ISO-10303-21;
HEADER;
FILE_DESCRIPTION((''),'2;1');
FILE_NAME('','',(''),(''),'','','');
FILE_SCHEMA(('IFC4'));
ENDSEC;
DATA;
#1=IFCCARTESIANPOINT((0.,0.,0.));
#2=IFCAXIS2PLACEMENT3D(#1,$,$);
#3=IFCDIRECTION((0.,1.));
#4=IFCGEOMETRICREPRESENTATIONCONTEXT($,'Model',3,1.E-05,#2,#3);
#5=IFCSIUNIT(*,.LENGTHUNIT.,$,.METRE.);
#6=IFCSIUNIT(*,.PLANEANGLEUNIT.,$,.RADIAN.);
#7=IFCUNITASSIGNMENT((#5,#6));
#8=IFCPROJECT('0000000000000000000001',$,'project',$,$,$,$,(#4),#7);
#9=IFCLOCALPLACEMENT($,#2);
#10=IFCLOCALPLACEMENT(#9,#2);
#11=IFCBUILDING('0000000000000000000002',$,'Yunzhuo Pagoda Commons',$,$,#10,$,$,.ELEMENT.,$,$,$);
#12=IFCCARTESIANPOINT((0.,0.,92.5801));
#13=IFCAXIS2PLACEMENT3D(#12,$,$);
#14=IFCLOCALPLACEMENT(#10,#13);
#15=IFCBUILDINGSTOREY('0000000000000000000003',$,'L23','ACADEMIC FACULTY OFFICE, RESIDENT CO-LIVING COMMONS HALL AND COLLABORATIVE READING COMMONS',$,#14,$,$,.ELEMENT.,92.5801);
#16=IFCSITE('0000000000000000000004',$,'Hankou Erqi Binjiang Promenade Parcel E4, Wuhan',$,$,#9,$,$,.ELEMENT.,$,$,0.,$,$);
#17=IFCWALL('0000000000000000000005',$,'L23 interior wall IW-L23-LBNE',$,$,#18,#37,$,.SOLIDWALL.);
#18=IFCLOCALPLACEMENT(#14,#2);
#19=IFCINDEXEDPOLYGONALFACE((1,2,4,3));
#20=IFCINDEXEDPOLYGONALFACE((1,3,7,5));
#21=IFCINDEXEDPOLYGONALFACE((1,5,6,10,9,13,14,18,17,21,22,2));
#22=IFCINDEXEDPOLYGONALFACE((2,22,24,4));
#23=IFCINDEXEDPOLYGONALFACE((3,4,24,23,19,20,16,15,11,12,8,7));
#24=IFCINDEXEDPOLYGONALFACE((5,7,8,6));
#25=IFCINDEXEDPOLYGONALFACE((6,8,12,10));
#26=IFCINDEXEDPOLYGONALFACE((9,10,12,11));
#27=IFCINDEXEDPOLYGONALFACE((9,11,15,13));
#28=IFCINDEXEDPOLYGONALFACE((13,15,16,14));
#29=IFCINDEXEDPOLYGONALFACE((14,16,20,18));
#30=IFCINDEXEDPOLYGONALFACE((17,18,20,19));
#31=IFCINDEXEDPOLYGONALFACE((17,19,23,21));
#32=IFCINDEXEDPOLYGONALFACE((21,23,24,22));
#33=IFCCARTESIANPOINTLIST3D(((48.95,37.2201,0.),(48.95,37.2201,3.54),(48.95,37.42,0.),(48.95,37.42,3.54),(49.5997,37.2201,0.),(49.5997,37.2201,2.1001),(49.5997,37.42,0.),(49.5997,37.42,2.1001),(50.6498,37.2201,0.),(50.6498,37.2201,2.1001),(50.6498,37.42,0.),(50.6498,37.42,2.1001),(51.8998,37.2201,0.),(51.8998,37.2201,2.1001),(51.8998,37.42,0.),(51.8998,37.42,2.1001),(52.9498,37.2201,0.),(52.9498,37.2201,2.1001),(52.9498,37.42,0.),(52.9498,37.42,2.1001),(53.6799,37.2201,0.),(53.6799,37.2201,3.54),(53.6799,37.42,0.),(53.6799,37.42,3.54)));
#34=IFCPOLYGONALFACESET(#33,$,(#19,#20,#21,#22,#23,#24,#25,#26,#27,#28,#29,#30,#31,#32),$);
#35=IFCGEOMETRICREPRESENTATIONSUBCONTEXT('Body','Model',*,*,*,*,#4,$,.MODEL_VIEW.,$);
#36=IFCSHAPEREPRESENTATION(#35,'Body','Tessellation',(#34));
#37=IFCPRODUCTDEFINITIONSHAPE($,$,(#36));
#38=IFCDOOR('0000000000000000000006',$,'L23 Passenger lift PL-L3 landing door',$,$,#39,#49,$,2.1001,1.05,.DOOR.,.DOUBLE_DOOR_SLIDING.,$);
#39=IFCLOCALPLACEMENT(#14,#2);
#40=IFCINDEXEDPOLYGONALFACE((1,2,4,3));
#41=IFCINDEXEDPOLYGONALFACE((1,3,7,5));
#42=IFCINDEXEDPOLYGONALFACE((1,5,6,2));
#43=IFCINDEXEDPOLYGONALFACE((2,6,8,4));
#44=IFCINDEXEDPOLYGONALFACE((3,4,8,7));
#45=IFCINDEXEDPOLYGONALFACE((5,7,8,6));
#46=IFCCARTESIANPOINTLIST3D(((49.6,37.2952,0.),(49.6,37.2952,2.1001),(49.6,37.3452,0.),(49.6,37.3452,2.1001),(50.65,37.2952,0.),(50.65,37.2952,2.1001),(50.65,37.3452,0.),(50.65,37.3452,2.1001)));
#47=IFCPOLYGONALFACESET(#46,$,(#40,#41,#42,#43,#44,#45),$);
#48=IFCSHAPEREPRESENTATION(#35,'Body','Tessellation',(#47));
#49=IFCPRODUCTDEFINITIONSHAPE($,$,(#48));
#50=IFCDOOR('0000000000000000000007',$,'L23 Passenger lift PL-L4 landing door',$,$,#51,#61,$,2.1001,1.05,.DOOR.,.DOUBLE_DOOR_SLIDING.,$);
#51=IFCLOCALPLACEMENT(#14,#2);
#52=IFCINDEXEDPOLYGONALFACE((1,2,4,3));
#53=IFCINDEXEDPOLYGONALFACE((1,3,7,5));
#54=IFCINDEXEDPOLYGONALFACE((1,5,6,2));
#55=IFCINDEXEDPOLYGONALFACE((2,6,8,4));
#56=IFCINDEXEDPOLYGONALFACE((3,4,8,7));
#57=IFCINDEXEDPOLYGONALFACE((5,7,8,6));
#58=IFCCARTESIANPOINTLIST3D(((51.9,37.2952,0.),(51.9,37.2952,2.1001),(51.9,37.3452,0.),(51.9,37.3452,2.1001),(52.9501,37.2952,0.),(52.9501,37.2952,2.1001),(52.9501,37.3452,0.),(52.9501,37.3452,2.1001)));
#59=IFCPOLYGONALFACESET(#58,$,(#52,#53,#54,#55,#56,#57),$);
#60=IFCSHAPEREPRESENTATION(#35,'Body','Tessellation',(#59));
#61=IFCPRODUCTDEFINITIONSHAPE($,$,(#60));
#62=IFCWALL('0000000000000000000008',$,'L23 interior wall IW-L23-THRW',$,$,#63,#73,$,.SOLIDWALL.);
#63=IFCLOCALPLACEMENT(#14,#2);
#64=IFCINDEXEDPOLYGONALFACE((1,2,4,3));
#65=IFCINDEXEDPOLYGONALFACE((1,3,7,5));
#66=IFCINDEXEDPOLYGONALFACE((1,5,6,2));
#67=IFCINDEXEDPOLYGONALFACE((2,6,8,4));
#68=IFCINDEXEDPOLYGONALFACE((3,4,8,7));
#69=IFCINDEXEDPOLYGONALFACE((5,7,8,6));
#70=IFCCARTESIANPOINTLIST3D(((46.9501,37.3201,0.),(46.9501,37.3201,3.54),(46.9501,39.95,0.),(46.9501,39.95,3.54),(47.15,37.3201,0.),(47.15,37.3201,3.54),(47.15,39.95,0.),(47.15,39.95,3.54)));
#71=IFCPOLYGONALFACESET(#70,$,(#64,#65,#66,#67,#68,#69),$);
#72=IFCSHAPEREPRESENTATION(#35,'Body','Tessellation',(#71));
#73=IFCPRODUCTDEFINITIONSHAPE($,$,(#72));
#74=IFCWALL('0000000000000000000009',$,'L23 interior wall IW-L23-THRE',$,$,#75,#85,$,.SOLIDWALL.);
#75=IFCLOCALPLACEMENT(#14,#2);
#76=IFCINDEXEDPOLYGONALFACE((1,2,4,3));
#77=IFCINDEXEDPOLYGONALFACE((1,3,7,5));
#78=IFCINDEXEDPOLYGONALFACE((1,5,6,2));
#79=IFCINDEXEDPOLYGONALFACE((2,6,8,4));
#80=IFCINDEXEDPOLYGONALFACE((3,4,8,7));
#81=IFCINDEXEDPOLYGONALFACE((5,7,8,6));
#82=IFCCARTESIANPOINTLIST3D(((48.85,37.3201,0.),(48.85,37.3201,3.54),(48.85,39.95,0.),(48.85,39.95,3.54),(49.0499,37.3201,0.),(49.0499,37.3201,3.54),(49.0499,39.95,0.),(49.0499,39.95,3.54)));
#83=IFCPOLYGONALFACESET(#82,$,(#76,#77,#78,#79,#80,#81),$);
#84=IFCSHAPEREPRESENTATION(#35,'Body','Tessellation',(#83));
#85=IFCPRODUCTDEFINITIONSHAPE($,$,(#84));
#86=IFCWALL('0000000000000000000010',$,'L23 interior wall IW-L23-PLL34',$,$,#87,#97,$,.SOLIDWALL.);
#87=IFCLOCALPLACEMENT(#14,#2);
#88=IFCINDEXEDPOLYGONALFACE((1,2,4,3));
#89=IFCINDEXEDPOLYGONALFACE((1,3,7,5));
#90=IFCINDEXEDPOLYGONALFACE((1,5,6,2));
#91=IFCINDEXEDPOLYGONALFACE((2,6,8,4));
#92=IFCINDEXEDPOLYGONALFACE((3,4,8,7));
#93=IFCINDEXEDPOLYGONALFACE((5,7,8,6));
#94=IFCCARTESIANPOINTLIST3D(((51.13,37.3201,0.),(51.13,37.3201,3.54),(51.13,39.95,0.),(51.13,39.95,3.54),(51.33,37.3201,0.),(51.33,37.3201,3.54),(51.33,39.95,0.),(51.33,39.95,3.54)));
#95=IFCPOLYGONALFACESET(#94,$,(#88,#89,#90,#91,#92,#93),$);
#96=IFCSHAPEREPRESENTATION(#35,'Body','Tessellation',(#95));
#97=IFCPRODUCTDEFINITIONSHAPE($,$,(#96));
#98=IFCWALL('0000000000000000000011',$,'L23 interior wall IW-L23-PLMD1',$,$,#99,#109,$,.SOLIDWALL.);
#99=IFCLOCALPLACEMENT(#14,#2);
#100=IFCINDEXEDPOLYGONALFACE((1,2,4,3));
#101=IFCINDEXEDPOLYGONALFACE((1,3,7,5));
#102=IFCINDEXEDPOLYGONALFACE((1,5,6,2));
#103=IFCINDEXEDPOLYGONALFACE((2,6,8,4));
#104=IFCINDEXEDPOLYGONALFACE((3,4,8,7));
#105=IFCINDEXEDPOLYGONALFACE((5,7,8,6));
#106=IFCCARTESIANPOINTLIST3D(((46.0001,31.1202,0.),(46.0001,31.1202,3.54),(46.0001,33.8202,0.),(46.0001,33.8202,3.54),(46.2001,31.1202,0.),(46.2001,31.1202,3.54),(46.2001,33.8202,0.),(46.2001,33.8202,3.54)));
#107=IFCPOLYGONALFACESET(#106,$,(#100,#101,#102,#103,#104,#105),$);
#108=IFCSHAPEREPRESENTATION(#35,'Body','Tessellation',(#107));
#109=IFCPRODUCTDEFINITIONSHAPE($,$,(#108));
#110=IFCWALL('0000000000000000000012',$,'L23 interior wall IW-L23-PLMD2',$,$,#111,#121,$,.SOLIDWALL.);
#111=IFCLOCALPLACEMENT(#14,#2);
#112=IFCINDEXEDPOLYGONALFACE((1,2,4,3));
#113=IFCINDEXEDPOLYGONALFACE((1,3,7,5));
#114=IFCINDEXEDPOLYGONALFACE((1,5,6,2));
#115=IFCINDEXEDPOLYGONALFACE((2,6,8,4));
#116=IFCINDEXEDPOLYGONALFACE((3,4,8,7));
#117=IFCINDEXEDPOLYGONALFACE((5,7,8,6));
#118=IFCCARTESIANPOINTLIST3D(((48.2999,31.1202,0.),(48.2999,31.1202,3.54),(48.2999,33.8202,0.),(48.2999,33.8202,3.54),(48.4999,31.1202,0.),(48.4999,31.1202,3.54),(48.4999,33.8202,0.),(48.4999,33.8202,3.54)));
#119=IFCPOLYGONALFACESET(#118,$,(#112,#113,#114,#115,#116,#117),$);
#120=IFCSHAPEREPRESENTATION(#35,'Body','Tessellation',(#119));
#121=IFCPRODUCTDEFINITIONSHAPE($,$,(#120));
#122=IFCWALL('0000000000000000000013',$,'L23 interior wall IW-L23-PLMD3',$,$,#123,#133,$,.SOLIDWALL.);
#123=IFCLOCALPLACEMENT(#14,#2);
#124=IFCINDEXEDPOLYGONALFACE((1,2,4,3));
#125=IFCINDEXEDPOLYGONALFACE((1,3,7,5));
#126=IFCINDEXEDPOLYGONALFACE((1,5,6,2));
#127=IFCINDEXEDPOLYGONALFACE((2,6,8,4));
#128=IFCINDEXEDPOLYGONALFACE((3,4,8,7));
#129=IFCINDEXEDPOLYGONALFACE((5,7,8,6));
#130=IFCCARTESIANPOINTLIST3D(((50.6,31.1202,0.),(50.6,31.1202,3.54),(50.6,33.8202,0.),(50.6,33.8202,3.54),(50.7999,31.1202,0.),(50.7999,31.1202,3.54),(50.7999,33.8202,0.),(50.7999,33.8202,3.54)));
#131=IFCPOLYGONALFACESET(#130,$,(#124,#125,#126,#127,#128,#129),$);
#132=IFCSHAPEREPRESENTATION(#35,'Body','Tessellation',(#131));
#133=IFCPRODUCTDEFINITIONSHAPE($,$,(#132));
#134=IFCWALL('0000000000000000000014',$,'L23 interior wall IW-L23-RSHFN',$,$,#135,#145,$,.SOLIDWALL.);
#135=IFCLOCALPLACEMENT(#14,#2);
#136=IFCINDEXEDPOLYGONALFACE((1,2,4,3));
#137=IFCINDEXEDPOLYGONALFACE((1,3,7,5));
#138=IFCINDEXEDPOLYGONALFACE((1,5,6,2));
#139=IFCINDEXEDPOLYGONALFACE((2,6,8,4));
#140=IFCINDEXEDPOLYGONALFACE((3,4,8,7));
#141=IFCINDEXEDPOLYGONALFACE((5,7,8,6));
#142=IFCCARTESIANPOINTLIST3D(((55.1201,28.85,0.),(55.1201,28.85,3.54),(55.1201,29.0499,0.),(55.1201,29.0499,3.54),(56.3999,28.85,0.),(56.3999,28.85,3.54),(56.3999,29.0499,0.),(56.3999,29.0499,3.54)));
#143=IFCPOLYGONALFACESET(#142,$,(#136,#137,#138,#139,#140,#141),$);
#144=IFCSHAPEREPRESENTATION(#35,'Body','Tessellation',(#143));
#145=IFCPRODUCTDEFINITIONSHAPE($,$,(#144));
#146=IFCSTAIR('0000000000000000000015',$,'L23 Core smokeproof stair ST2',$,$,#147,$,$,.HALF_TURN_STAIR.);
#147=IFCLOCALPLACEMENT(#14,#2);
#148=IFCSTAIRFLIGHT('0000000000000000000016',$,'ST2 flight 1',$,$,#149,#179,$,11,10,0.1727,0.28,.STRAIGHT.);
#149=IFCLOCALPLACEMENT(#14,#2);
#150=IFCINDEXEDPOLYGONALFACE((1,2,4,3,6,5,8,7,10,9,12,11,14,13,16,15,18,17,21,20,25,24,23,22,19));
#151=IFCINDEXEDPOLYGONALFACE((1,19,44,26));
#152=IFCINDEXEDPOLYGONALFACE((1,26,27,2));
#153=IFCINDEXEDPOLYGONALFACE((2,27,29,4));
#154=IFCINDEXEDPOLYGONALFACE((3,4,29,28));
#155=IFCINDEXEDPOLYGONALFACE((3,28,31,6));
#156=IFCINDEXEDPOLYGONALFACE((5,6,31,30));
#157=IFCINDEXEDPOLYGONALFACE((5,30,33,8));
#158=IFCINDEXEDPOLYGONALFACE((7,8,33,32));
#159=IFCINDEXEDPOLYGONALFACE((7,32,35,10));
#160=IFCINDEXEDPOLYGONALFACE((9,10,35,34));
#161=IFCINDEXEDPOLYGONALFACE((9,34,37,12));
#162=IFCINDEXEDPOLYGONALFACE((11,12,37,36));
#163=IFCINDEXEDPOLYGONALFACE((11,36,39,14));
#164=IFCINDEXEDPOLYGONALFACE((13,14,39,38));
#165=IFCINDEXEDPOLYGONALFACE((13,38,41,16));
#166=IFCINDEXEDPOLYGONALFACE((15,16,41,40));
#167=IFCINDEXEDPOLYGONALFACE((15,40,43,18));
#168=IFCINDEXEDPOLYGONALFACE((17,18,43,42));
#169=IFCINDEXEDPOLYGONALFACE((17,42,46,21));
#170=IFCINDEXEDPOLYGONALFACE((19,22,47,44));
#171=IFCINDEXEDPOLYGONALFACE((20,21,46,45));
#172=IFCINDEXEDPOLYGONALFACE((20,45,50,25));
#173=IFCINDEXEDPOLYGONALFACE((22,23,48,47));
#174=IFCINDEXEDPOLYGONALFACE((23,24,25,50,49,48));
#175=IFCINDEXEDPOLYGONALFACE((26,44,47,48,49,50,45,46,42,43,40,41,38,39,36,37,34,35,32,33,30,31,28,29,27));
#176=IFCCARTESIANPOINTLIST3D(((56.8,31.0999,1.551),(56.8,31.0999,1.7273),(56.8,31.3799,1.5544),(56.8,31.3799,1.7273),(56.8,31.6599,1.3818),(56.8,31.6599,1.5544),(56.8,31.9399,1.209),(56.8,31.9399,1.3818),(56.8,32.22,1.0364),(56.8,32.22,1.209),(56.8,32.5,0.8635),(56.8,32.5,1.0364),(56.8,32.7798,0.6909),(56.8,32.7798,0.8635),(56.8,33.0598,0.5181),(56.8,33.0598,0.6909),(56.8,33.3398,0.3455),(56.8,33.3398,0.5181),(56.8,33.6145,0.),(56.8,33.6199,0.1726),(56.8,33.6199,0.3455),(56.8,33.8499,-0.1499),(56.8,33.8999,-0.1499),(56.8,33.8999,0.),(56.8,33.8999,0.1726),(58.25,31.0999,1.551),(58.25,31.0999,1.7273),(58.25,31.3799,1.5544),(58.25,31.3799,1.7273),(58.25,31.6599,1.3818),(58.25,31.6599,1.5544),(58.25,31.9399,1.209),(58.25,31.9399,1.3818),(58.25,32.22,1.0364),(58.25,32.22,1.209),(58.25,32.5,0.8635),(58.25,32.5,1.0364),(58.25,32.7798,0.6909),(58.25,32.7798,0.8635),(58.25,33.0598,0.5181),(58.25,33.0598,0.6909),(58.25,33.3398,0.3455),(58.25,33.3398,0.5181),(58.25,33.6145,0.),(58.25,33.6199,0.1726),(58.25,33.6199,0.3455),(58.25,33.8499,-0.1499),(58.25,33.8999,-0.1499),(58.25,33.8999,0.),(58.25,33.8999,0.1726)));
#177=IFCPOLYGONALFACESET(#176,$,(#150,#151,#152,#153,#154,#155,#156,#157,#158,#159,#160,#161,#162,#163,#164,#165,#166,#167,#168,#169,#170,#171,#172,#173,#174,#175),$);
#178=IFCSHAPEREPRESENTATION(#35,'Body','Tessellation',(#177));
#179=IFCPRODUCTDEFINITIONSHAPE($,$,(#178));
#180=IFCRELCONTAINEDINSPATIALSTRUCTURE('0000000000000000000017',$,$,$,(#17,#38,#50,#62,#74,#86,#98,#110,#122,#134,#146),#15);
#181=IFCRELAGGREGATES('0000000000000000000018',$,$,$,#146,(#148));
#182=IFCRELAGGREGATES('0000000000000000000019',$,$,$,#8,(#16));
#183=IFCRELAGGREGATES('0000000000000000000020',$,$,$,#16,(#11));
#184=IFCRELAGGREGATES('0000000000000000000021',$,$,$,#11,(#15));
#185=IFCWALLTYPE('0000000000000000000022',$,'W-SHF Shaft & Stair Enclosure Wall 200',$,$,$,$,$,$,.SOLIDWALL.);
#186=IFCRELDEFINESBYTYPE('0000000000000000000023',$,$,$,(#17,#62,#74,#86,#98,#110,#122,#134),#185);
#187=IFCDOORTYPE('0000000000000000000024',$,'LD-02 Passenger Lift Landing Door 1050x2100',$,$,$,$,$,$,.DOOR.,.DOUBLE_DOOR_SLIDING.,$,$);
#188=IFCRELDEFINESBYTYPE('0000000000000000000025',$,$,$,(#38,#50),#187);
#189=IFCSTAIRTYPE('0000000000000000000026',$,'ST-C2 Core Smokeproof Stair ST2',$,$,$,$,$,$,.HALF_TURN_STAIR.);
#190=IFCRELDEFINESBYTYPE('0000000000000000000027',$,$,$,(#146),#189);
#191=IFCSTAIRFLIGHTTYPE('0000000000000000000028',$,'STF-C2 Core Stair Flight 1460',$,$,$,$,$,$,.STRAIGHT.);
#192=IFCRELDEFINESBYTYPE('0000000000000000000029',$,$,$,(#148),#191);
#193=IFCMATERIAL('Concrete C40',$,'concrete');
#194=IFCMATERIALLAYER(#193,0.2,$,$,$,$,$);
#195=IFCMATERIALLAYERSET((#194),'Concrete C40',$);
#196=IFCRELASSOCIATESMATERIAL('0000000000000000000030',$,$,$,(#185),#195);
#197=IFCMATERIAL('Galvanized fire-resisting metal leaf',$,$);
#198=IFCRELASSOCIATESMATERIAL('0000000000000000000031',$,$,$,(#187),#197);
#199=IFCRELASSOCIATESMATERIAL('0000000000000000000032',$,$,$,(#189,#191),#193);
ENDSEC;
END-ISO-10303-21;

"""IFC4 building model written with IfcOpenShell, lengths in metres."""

from ifc_helpers import new_model, si_unit, direction, frame, frame_2d, origin, place, context, subcontext, project, spatial, polyline, rectangle, outline, extrude, source, transform, mapped, material, layer, layer_set, type_object, element, fill, aggregate, save


model = new_model("IFC4")

# Units and contexts
model_context = context("Model", 3, precision=1e-05, world=origin(), true_north=direction((0.0, 1.0)))
body_context = subcontext(model_context, "Body", "Model", "MODEL_VIEW")
ifc_project = project(units=[si_unit("LENGTHUNIT", "METRE"), si_unit("PLANEANGLEUNIT", "RADIAN")], contexts=[model_context])

# Site, building, storey
site_placement = place(None, origin())
site = spatial("IfcSite", under=ifc_project, at=site_placement, Name="Hankou Erqi Binjiang Promenade Parcel E4, Wuhan", CompositionType="ELEMENT", RefElevation=0.0)
building_placement = place(site_placement, origin())
building = spatial("IfcBuilding", under=site, at=building_placement, Name="Yunzhuo Pagoda Commons", CompositionType="ELEMENT")
storey_placement = place(building_placement, frame((0.0, 0.0, 92.5801)))
storey = spatial("IfcBuildingStorey", under=building, at=storey_placement, Name="L23", Description="ACADEMIC FACULTY OFFICE, RESIDENT CO-LIVING COMMONS HALL AND COLLABORATIVE READING COMMONS", CompositionType="ELEMENT", Elevation=92.5801)

# Shared definitions
ifc_material_1 = material(Name="Galvanized fire-resisting metal leaf")
shared_shape_1 = source(origin(), body_context, "Body", "SweptSolid", [
    extrude(rectangle(XDim=1.05, YDim=2.1001, at=frame_2d((0.5249, 1.05))), frame((0.0, 0.0249, 0.0), z_axis=(0.0, -1.0, 0.0), x_axis=(1.0, 0.0, 0.0)), (0.0, 0.0, 1.0), 0.05),
])

# Shared definitions
ifc_material_2 = material(Name="Concrete C40", Category="concrete")
ifc_layer_1 = layer(ifc_material_2, 0.2)
ifc_layer_set_1 = layer_set([ifc_layer_1], Name="Concrete C40")
wall_type_1 = type_object("IfcWallType", Name="W-SHF Shaft & Stair Enclosure Wall 200", PredefinedType="SOLIDWALL", material=ifc_layer_set_1)

# Wall, openings, doors
wall_1_placement = place(storey_placement, frame((48.95, 37.3201, 0.0), z_axis=(0.0, 0.0, 1.0), x_axis=(1.0, 0.0, 0.0)))
wall_1 = element("IfcWall", 1, at=wall_1_placement, inside=storey, type_object=wall_type_1, Name="L23 interior wall IW-L23-LBNE", PredefinedType="SOLIDWALL", context=body_context, shape_type="SweptSolid", body=[
    extrude(rectangle(XDim=4.73, YDim=0.2, at=frame_2d((2.365, 0.0))), origin(), (0.0, 0.0, 1.0), 3.54),
])
opening_1_placement = place(wall_1_placement, frame((0.6499, 0.0, 0.0)))
opening_1 = element("IfcOpeningElement", 2, at=opening_1_placement, cuts=wall_1, PredefinedType="OPENING", context=body_context, shape_type="SweptSolid", body=[
    extrude(rectangle(XDim=1.05, YDim=2.1001, at=frame_2d((0.5249, 1.05))), frame((0.0, 0.1099, 0.0), z_axis=(0.0, -1.0, 0.0), x_axis=(1.0, 0.0, 0.0)), (0.0, 0.0, 1.0), 0.22),
])
opening_2_placement = place(wall_1_placement, frame((2.95, 0.0, 0.0)))
opening_2 = element("IfcOpeningElement", 3, at=opening_2_placement, cuts=wall_1, PredefinedType="OPENING", context=body_context, shape_type="SweptSolid", body=[
    extrude(rectangle(XDim=1.05, YDim=2.1001, at=frame_2d((0.5249, 1.05))), frame((0.0, 0.1099, 0.0), z_axis=(0.0, -1.0, 0.0), x_axis=(1.0, 0.0, 0.0)), (0.0, 0.0, 1.0), 0.22),
])
door_type_1 = type_object("IfcDoorType", Name="LD-02 Passenger Lift Landing Door 1050x2100", OperationType="DOUBLE_DOOR_SLIDING", PredefinedType="DOOR", material=ifc_material_1)
door_1_placement = place(opening_1_placement, frame((1.05, 0.0, 0.0), z_axis=(0.0, 0.0, 1.0), x_axis=(-1.0, 0.0, 0.0)))
door_1 = element("IfcDoor", 4, at=door_1_placement, inside=storey, type_object=door_type_1, Name="L23 Passenger lift PL-L3 landing door", OperationType="DOUBLE_DOOR_SLIDING", OverallHeight=2.1001, OverallWidth=1.05, PredefinedType="DOOR", context=body_context, shape_type="MappedRepresentation", body=[
    mapped(shared_shape_1, transform((0.0, 0.0, 0.0), scale=1.0)),
])
fill(opening_1, door_1)
door_2_placement = place(opening_2_placement, frame((1.05, 0.0, 0.0), z_axis=(0.0, 0.0, 1.0), x_axis=(-1.0, 0.0, 0.0)))
door_2 = element("IfcDoor", 5, at=door_2_placement, inside=storey, type_object=door_type_1, Name="L23 Passenger lift PL-L4 landing door", OperationType="DOUBLE_DOOR_SLIDING", OverallHeight=2.1001, OverallWidth=1.05, PredefinedType="DOOR", context=body_context, shape_type="MappedRepresentation", body=[
    mapped(shared_shape_1, transform((0.0, 0.0, 0.0), scale=1.0)),
])
fill(opening_2, door_2)

# Walls
for number, where, z_axis, x_axis, name in (
    (6, (47.05, 37.3201, 0.0), (0.0, 0.0, 1.0), (0.0, 1.0, 0.0), "L23 interior wall IW-L23-THRW"),
    (7, (48.95, 37.3201, 0.0), (0.0, 0.0, 1.0), (0.0, 1.0, 0.0), "L23 interior wall IW-L23-THRE"),
    (8, (51.23, 37.3201, 0.0), (0.0, 0.0, 1.0), (0.0, 1.0, 0.0), "L23 interior wall IW-L23-PLL34"),
):
    element("IfcWall", number, at=place(storey_placement, frame(where, z_axis=z_axis, x_axis=x_axis)), inside=storey, type_object=wall_type_1, Name=name, PredefinedType="SOLIDWALL", context=body_context, shape_type="SweptSolid", body=[
        extrude(rectangle(XDim=2.6299, YDim=0.2, at=frame_2d((1.3149, 0.0))), origin(), (0.0, 0.0, 1.0), 3.54),
    ])
for number, where, z_axis, x_axis, name in (
    (9, (46.1001, 31.1201, 0.0), (0.0, 0.0, 1.0), (0.0, 1.0, 0.0), "L23 interior wall IW-L23-PLMD1"),
    (10, (48.3999, 31.1201, 0.0), (0.0, 0.0, 1.0), (0.0, 1.0, 0.0), "L23 interior wall IW-L23-PLMD2"),
    (11, (50.7, 31.1201, 0.0), (0.0, 0.0, 1.0), (0.0, 1.0, 0.0), "L23 interior wall IW-L23-PLMD3"),
):
    element("IfcWall", number, at=place(storey_placement, frame(where, z_axis=z_axis, x_axis=x_axis)), inside=storey, type_object=wall_type_1, Name=name, PredefinedType="SOLIDWALL", context=body_context, shape_type="SweptSolid", body=[
        extrude(rectangle(XDim=2.7, YDim=0.2, at=frame_2d((1.3501, 0.0))), origin(), (0.0, 0.0, 1.0), 3.54),
    ])
wall_2_placement = place(storey_placement, frame((55.1201, 28.95, 0.0), z_axis=(0.0, 0.0, 1.0), x_axis=(1.0, 0.0, 0.0)))
element("IfcWall", 12, at=wall_2_placement, inside=storey, type_object=wall_type_1, Name="L23 interior wall IW-L23-RSHFN", PredefinedType="SOLIDWALL", context=body_context, shape_type="SweptSolid", body=[
    extrude(rectangle(XDim=1.2798, YDim=0.2, at=frame_2d((0.6399, 0.0))), origin(), (0.0, 0.0, 1.0), 3.54),
])

# Stair, stair flight
stair_type = type_object("IfcStairType", Name="ST-C2 Core Smokeproof Stair ST2", PredefinedType="HALF_TURN_STAIR", material=ifc_material_2)
stair_placement = place(storey_placement, origin())
stair = element("IfcStair", 13, at=stair_placement, inside=storey, type_object=stair_type, Name="L23 Core smokeproof stair ST2", PredefinedType="HALF_TURN_STAIR")
stair_flight_type = type_object("IfcStairFlightType", Name="STF-C2 Core Stair Flight 1460", PredefinedType="STRAIGHT", material=ifc_material_2)
shared_shape_2 = source(origin(), body_context, "Body", "SweptSolid", [
    extrude(outline(polyline([(0.0, -0.1499), (0.0, 0.0), (0.0, 0.1726), (0.28, 0.1726), (0.28, 0.3455), (0.5601, 0.3455), (0.5601, 0.5181), (0.8401, 0.5181), (0.8401, 0.6909), (1.1201, 0.6909), (1.1201, 0.8635), (1.3999, 0.8635), (1.3999, 1.0364), (1.6799, 1.0364), (1.6799, 1.209), (1.96, 1.209), (1.96, 1.3818), (2.24, 1.3818), (2.24, 1.5544), (2.52, 1.5544), (2.52, 1.7273), (2.8, 1.7273), (2.8, 1.8999), (2.8, 1.551), (0.2854, 0.0), (0.05, -0.1499), (0.0, -0.1499)])), frame((0.0, 0.7251, 0.0), z_axis=(0.0, -1.0, 0.0), x_axis=(1.0, 0.0, 0.0)), (0.0, 0.0, 1.0), 1.45),
])
stair_flight_placement = place(storey_placement, frame((57.5249, 33.8999, 0.0), z_axis=(0.0, 0.0, 1.0), x_axis=(0.0, -1.0, 0.0)))
stair_flight = element("IfcStairFlight", 14, at=stair_flight_placement, type_object=stair_flight_type, Name="ST2 flight 1", NumberOfRisers=11, NumberOfTreads=10, PredefinedType="STRAIGHT", RiserHeight=0.1727, TreadLength=0.28, context=body_context, shape_type="MappedRepresentation", body=[
    mapped(shared_shape_2, transform((0.0, 0.0, 0.0), scale=1.0)),
])
aggregate(stair, [stair_flight])

save(model, "model.ifc")
